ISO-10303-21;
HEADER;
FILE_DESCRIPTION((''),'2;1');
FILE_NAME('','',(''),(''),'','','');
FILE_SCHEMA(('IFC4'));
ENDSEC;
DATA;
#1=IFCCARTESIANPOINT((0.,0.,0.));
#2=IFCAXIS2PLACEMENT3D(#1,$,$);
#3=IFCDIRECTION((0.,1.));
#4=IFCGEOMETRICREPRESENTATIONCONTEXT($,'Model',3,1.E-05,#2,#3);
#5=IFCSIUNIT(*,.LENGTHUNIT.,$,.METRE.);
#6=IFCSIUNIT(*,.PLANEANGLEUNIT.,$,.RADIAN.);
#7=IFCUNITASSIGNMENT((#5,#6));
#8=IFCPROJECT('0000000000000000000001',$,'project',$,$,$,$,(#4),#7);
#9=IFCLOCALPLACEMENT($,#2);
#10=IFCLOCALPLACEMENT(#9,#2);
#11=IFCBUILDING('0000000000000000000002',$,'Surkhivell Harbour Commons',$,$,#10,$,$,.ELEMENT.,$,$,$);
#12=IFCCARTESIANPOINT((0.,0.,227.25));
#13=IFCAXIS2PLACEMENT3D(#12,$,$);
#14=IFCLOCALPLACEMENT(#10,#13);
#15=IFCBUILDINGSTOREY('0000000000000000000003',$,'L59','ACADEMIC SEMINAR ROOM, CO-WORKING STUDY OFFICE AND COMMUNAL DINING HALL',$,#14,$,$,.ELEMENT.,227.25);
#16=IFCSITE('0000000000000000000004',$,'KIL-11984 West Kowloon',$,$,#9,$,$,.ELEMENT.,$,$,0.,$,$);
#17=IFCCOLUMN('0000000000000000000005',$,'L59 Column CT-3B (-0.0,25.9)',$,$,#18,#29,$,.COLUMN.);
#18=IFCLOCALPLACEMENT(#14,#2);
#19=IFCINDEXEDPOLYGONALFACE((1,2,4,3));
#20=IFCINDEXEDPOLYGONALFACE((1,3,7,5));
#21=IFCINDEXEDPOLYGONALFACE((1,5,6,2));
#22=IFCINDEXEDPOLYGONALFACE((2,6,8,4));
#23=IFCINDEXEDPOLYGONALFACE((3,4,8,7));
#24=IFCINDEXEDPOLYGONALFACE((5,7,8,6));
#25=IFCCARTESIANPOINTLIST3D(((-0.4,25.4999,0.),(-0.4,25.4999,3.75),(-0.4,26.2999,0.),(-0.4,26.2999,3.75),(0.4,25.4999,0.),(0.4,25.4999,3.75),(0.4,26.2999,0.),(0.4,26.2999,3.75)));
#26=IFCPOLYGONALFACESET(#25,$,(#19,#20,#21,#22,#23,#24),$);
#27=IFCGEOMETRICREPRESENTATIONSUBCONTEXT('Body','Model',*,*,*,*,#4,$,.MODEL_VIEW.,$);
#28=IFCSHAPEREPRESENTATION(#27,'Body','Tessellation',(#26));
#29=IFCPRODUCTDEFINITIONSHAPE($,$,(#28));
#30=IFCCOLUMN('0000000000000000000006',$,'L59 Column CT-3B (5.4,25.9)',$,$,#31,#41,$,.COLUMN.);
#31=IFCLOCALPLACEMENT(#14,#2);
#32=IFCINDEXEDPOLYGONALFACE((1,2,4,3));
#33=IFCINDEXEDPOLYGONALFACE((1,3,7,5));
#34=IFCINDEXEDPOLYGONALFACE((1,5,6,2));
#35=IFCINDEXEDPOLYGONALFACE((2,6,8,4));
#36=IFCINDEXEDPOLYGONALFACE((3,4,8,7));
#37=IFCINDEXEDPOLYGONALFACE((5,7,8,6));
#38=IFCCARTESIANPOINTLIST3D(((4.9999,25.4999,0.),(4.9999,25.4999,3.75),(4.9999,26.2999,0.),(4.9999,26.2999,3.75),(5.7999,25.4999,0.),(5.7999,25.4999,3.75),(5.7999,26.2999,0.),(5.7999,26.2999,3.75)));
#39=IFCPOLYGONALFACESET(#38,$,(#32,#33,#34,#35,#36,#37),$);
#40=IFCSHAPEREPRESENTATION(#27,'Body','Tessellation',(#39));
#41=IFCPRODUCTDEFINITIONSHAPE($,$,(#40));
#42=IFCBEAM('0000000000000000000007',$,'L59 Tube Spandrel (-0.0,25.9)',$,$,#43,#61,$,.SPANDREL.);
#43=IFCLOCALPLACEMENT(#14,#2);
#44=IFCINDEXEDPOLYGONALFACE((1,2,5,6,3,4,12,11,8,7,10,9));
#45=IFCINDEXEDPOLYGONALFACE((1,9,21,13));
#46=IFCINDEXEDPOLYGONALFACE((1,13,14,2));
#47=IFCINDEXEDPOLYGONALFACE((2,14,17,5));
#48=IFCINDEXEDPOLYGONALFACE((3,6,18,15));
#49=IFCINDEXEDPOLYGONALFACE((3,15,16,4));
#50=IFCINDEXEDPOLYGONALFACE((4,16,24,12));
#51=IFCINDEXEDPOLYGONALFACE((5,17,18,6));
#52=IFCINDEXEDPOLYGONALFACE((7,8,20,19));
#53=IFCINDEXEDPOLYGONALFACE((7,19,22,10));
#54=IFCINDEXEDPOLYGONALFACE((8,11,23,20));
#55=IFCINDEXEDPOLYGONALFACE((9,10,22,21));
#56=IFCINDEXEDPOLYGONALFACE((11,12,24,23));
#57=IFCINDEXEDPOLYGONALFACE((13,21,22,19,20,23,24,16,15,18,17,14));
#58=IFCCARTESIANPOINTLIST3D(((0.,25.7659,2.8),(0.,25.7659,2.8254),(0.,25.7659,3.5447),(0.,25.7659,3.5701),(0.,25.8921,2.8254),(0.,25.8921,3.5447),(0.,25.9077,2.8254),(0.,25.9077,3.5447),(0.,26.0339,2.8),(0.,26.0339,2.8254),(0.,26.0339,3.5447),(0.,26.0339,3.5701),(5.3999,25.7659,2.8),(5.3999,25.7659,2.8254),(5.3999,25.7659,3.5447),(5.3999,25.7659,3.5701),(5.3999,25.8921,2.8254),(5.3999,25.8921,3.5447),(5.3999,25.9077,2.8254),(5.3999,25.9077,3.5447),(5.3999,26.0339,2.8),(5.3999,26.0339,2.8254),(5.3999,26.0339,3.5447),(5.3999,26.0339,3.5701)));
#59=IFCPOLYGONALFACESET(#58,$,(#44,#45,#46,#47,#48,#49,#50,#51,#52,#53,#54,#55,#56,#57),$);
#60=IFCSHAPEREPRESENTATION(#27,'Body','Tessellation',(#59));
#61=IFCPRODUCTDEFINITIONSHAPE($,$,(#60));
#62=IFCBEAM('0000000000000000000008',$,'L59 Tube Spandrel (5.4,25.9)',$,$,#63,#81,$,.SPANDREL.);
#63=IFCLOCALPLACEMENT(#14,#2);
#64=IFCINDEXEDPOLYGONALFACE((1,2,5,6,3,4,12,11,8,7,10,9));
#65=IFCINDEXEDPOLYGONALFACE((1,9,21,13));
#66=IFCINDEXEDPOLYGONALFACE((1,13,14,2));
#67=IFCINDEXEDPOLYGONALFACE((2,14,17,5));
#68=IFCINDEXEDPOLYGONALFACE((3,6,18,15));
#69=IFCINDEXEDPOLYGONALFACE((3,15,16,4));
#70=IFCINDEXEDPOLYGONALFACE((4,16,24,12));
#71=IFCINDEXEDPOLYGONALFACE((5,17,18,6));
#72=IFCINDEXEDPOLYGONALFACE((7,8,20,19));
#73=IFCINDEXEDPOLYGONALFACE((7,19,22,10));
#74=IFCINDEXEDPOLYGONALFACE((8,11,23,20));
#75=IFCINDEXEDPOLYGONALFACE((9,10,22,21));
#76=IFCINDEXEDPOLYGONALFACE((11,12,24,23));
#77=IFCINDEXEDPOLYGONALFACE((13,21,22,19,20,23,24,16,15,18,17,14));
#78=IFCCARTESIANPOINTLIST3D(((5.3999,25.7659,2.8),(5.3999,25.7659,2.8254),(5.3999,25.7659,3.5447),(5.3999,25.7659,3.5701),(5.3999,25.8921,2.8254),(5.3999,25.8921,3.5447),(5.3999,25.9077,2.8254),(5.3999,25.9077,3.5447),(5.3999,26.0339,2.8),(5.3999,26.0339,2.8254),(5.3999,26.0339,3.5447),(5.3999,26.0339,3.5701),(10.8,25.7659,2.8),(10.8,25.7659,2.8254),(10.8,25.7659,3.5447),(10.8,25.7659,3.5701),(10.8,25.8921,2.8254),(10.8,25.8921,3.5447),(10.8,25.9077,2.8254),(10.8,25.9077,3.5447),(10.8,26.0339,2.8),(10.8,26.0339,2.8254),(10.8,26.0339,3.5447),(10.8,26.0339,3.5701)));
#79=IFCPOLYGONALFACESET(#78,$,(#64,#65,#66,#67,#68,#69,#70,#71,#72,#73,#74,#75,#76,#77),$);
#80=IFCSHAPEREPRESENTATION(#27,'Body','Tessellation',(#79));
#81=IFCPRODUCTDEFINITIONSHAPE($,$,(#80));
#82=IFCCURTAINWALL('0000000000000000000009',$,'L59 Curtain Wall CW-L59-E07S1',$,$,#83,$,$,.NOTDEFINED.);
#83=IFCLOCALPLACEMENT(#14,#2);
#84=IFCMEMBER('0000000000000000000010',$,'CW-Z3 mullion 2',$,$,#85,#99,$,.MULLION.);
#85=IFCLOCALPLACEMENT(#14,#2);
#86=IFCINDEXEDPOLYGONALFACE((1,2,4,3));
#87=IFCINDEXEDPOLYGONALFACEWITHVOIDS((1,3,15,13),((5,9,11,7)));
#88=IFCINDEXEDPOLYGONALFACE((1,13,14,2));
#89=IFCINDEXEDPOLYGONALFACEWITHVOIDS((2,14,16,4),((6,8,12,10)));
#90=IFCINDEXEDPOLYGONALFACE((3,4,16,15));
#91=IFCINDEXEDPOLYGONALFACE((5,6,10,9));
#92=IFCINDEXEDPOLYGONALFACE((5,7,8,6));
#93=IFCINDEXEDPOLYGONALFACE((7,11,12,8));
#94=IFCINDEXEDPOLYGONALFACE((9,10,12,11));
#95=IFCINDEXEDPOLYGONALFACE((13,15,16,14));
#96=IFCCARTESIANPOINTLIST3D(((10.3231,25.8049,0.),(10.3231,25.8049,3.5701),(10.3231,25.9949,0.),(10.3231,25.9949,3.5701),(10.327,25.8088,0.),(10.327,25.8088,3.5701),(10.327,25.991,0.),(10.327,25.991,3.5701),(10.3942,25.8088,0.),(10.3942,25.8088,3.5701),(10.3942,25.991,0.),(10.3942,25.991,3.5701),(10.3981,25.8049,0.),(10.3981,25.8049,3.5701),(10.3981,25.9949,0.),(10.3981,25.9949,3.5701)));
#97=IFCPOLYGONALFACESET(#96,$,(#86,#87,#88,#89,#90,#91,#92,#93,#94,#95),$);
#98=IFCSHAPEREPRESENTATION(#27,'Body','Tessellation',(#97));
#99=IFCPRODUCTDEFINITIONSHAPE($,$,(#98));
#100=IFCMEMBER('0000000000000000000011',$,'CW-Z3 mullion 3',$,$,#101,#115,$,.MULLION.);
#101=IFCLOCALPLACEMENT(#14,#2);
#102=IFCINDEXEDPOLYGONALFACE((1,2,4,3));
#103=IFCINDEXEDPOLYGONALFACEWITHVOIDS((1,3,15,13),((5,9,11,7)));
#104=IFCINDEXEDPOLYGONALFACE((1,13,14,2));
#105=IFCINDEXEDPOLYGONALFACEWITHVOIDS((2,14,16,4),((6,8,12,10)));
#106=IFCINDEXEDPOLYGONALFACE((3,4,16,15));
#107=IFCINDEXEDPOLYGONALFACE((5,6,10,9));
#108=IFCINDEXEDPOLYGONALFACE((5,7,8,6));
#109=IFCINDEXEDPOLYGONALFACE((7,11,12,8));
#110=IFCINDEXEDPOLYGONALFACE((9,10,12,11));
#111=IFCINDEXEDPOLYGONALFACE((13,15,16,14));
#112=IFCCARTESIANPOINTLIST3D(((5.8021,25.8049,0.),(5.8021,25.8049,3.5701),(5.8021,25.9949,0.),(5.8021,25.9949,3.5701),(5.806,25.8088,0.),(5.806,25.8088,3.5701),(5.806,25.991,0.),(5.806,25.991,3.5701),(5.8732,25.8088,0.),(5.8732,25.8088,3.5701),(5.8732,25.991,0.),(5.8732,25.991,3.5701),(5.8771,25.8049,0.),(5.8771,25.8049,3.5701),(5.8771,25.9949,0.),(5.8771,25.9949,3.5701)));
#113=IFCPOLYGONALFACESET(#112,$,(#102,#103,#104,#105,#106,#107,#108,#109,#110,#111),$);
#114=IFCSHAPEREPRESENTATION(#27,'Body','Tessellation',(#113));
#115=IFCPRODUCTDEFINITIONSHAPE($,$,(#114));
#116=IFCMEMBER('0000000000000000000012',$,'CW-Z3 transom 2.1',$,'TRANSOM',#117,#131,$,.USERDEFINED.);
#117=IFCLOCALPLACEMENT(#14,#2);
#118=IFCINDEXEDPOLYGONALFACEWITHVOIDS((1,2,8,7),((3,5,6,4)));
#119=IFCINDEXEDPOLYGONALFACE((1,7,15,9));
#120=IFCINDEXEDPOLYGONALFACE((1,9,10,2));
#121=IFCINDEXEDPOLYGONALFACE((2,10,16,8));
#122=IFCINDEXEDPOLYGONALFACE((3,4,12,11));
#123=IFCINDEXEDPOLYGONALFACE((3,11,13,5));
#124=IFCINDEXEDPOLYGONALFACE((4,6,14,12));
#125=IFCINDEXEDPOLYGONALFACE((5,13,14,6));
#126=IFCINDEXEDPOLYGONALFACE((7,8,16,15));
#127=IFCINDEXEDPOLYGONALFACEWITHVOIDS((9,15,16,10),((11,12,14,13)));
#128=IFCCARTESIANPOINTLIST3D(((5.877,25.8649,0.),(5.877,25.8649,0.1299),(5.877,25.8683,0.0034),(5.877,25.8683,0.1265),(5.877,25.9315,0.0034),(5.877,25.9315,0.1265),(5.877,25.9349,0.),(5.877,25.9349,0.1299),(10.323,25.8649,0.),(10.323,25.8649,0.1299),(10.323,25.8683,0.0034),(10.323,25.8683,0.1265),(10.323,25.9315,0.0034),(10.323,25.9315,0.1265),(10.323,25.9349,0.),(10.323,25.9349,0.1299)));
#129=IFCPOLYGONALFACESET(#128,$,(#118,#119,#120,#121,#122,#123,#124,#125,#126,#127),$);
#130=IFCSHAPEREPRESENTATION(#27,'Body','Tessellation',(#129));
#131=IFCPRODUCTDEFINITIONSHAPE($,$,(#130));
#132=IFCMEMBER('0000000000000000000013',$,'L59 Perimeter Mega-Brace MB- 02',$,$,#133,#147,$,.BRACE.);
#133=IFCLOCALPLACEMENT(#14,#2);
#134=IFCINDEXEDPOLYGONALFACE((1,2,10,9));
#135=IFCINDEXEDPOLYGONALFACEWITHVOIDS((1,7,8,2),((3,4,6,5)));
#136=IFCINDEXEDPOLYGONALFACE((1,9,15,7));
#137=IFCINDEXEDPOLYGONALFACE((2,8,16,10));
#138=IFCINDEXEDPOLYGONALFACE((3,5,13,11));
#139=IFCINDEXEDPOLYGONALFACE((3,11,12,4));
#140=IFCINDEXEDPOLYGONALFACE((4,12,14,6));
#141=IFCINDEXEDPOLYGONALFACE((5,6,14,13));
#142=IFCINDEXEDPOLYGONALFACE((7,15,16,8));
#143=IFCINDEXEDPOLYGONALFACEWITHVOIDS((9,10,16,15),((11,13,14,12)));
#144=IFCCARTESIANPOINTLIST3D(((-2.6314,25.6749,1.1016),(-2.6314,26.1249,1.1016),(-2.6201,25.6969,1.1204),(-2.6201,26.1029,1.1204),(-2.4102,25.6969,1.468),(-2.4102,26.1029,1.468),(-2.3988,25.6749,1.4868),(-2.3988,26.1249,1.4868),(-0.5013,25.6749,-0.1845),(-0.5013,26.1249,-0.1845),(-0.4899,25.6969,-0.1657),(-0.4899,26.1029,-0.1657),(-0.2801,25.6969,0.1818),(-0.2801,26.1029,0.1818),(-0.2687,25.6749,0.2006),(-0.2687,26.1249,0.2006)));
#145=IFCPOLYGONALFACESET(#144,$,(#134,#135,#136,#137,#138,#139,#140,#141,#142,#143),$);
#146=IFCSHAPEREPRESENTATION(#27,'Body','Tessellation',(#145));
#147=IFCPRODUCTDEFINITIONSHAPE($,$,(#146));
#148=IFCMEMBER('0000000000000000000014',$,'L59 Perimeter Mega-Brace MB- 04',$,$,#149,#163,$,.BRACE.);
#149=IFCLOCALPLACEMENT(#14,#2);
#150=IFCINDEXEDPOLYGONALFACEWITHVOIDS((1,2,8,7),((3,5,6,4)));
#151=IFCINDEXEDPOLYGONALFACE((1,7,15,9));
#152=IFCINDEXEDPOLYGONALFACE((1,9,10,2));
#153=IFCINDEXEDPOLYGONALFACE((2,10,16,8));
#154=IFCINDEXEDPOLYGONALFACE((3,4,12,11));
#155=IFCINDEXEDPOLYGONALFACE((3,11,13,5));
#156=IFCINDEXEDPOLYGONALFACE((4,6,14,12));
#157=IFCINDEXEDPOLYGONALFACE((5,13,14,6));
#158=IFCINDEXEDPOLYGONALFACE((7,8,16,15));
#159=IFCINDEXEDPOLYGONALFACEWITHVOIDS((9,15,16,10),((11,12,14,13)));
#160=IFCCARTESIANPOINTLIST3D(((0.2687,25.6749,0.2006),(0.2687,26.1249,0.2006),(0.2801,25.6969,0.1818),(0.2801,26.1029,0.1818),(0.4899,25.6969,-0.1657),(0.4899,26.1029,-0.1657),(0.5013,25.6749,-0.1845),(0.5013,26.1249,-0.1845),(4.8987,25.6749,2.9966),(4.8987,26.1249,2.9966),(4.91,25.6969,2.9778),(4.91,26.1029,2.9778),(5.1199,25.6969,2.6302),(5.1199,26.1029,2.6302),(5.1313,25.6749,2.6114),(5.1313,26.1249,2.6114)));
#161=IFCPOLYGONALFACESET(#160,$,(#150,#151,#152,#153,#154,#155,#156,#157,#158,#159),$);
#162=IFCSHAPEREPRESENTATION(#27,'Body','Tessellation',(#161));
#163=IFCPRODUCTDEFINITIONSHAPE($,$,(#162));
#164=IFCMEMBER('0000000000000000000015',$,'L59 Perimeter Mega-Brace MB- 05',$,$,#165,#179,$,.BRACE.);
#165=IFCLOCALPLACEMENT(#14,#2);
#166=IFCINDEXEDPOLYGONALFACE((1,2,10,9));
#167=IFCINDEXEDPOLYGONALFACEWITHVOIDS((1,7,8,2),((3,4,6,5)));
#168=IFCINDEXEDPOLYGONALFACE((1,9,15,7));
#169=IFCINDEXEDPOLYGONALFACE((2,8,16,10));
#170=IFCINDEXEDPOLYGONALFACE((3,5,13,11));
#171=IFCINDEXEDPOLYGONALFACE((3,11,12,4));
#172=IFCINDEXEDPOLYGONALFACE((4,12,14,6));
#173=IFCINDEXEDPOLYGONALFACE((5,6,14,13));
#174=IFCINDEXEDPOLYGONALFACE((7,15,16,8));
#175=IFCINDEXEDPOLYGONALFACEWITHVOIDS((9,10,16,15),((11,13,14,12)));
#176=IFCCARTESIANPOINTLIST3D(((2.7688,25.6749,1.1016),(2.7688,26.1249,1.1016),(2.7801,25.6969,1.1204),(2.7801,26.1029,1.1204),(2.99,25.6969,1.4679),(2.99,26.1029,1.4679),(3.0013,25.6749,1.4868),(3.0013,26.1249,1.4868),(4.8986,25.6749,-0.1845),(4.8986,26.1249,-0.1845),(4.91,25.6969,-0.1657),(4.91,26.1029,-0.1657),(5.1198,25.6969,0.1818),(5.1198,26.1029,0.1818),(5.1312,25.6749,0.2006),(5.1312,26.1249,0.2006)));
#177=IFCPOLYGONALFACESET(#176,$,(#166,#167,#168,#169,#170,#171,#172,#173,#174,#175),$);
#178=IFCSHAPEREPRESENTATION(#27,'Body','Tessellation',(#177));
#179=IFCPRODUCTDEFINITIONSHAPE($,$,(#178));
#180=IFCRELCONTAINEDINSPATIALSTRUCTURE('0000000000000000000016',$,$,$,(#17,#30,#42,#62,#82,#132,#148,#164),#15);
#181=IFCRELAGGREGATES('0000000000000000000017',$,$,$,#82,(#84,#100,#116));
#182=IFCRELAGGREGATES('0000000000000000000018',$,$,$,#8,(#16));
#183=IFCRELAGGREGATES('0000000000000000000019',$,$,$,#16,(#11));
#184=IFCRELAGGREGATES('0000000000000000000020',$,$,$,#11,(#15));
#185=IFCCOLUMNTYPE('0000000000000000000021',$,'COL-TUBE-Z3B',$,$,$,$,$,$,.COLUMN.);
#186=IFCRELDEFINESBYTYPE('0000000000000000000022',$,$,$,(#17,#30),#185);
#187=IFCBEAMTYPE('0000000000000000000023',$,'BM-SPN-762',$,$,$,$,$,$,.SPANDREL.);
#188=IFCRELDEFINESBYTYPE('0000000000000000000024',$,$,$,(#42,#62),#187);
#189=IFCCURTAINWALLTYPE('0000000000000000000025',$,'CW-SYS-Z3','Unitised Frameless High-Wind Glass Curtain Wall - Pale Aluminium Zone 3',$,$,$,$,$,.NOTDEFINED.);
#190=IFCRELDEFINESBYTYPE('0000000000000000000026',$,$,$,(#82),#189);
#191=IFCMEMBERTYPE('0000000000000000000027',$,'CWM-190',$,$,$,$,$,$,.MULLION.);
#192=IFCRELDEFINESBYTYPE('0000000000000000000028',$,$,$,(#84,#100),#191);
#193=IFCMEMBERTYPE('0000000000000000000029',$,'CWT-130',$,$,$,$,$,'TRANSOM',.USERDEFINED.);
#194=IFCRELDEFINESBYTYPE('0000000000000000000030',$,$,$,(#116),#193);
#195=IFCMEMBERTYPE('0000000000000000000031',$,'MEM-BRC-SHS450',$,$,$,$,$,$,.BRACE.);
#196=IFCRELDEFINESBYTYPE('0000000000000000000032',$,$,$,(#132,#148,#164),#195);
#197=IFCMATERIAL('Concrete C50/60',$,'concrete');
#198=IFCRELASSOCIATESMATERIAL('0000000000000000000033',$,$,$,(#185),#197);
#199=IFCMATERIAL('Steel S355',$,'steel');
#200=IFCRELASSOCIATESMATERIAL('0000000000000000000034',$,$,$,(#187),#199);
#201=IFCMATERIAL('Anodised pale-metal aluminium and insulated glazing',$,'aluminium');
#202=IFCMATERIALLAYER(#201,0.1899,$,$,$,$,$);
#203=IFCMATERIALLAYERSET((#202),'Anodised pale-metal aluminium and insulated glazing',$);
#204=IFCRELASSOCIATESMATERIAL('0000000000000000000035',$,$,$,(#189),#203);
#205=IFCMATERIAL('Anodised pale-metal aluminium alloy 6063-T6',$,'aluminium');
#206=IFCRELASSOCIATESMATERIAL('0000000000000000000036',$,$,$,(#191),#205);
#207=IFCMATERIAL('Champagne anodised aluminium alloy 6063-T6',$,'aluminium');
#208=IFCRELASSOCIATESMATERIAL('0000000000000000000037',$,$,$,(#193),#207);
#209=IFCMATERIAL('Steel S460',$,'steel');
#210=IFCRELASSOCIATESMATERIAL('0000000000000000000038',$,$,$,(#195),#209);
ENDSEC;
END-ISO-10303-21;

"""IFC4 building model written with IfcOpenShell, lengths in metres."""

from ifc_helpers import new_model, si_unit, direction, frame, origin, origin_2d, place, context, subcontext, project, spatial, rectangle, hollow_rectangle, i_section, extrude, material, layer, layer_set, material_profile, profile_set, type_object, element, aggregate, save


model = new_model("IFC4")

# Units and contexts
model_context = context("Model", 3, precision=1e-05, world=origin(), true_north=direction((0.0, 1.0)))
body_context = subcontext(model_context, "Body", "Model", "MODEL_VIEW")
ifc_project = project(units=[si_unit("LENGTHUNIT", "METRE"), si_unit("PLANEANGLEUNIT", "RADIAN")], contexts=[model_context])

# Site, building, storey
site_placement = place(None, origin())
site = spatial("IfcSite", under=ifc_project, at=site_placement, Name="KIL-11984 West Kowloon", CompositionType="ELEMENT", RefElevation=0.0)
building_placement = place(site_placement, origin())
building = spatial("IfcBuilding", under=site, at=building_placement, Name="Surkhivell Harbour Commons", CompositionType="ELEMENT")
storey_placement = place(building_placement, frame((0.0, 0.0, 227.25)))
storey = spatial("IfcBuildingStorey", under=building, at=storey_placement, Name="L59", Description="ACADEMIC SEMINAR ROOM, CO-WORKING STUDY OFFICE AND COMMUNAL DINING HALL", CompositionType="ELEMENT", Elevation=227.25)

# Columns
ifc_material_1 = material(Name="Concrete C50/60", Category="concrete")
ifc_material_profile_1 = material_profile(ifc_material_1, rectangle(XDim=0.8, YDim=0.8, at=origin_2d()), Name="RC-COL-800x800")
ifc_profile_set_1 = profile_set([ifc_material_profile_1], Name="Concrete C50/60")
column_type = type_object("IfcColumnType", Name="COL-TUBE-Z3B", PredefinedType="COLUMN", material=ifc_profile_set_1)
for number, where, z_axis, x_axis, name in (
    (1, (0.0, 25.8999, 0.0), (0.0, 0.0, 1.0), (1.0, 0.0, 0.0), "L59 Column CT-3B (-0.0,25.9)"),
    (2, (5.3999, 25.8999, 0.0), (0.0, 0.0, 1.0), (1.0, 0.0, 0.0), "L59 Column CT-3B (5.4,25.9)"),
):
    element("IfcColumn", number, at=place(storey_placement, frame(where, z_axis=z_axis, x_axis=x_axis)), inside=storey, type_object=column_type, Name=name, PredefinedType="COLUMN", context=body_context, shape_type="SweptSolid", body=[
        extrude(rectangle(XDim=0.8, YDim=0.8, at=origin_2d()), origin(), (0.0, 0.0, 1.0), 3.75),
    ])

# Beams
ifc_material_2 = material(Name="Steel S355", Category="steel")
ifc_material_profile_2 = material_profile(ifc_material_2, i_section(OverallWidth=0.2681, OverallDepth=0.77, WebThickness=0.0156, FlangeThickness=0.0254, at=origin_2d()), Name="UB762x267x197")
ifc_profile_set_2 = profile_set([ifc_material_profile_2], Name="Steel S355")
beam_type = type_object("IfcBeamType", Name="BM-SPN-762", PredefinedType="SPANDREL", material=ifc_profile_set_2)
beam_1_placement = place(storey_placement, frame((0.0, 25.8999, 3.1851), z_axis=(1.0, 0.0, 0.0), x_axis=(0.0, 1.0, 0.0)))
element("IfcBeam", 3, at=beam_1_placement, inside=storey, type_object=beam_type, Name="L59 Tube Spandrel (-0.0,25.9)", PredefinedType="SPANDREL", context=body_context, shape_type="SweptSolid", body=[
    extrude(i_section(OverallWidth=0.2681, OverallDepth=0.77, WebThickness=0.0156, FlangeThickness=0.0254, at=origin_2d()), origin(), (0.0, 0.0, 1.0), 5.3999),
])
beam_2_placement = place(storey_placement, frame((5.3999, 25.8999, 3.1851), z_axis=(1.0, 0.0, 0.0), x_axis=(0.0, 1.0, 0.0)))
element("IfcBeam", 4, at=beam_2_placement, inside=storey, type_object=beam_type, Name="L59 Tube Spandrel (5.4,25.9)", PredefinedType="SPANDREL", context=body_context, shape_type="SweptSolid", body=[
    extrude(i_section(OverallWidth=0.2681, OverallDepth=0.77, WebThickness=0.0156, FlangeThickness=0.0254, at=origin_2d()), origin(), (0.0, 0.0, 1.0), 5.4001),
])

# Curtain wall, members
ifc_material_3 = material(Name="Anodised pale-metal aluminium and insulated glazing", Category="aluminium")
ifc_layer_1 = layer(ifc_material_3, 0.1899)
ifc_layer_set_1 = layer_set([ifc_layer_1], Name="Anodised pale-metal aluminium and insulated glazing")
curtain_wall_type = type_object("IfcCurtainWallType", Name="CW-SYS-Z3", Description="Unitised Frameless High-Wind Glass Curtain Wall - Pale Aluminium Zone 3", PredefinedType="NOTDEFINED", material=ifc_layer_set_1)
curtain_wall_placement = place(storey_placement, origin())
curtain_wall = element("IfcCurtainWall", 5, at=curtain_wall_placement, inside=storey, type_object=curtain_wall_type, Name="L59 Curtain Wall CW-L59-E07S1", PredefinedType="NOTDEFINED")
ifc_material_4 = material(Name="Anodised pale-metal aluminium alloy 6063-T6", Category="aluminium")
ifc_material_profile_3 = material_profile(ifc_material_4, hollow_rectangle(XDim=0.075, YDim=0.1899, WallThickness=0.0039, at=origin_2d()), Name="ALU-MULL-75x190")
ifc_profile_set_3 = profile_set([ifc_material_profile_3], Name="Anodised pale-metal aluminium alloy 6063-T6")
member_type_1 = type_object("IfcMemberType", Name="CWM-190", PredefinedType="MULLION", material=ifc_profile_set_3)
member_1_placement = place(storey_placement, frame((10.3606, 25.8999, 0.0), z_axis=(0.0, 0.0, 1.0), x_axis=(-1.0, 0.0, 0.0)))
member_1 = element("IfcMember", 6, at=member_1_placement, type_object=member_type_1, Name="CW-Z3 mullion 2", PredefinedType="MULLION", context=body_context, shape_type="SweptSolid", body=[
    extrude(hollow_rectangle(XDim=0.075, YDim=0.1899, WallThickness=0.0039, at=origin_2d()), origin(), (0.0, 0.0, 1.0), 3.5701),
])
member_2_placement = place(storey_placement, frame((5.8396, 25.8999, 0.0), z_axis=(0.0, 0.0, 1.0), x_axis=(-1.0, 0.0, 0.0)))
member_2 = element("IfcMember", 7, at=member_2_placement, type_object=member_type_1, Name="CW-Z3 mullion 3", PredefinedType="MULLION", context=body_context, shape_type="SweptSolid", body=[
    extrude(hollow_rectangle(XDim=0.075, YDim=0.1899, WallThickness=0.0039, at=origin_2d()), origin(), (0.0, 0.0, 1.0), 3.5701),
])
ifc_material_5 = material(Name="Champagne anodised aluminium alloy 6063-T6", Category="aluminium")
ifc_material_profile_4 = material_profile(ifc_material_5, hollow_rectangle(XDim=0.0701, YDim=0.1299, WallThickness=0.0034, at=origin_2d()), Name="ALU-TRAN-70x130")
ifc_profile_set_4 = profile_set([ifc_material_profile_4], Name="Champagne anodised aluminium alloy 6063-T6")
member_type_2 = type_object("IfcMemberType", Name="CWT-130", ElementType="TRANSOM", PredefinedType="USERDEFINED", material=ifc_profile_set_4)
member_3_placement = place(storey_placement, frame((10.323, 25.8999, 0.0649), z_axis=(-1.0, 0.0, 0.0), x_axis=(0.0, -1.0, 0.0)))
member_3 = element("IfcMember", 8, at=member_3_placement, type_object=member_type_2, Name="CW-Z3 transom 2.1", ObjectType="TRANSOM", PredefinedType="USERDEFINED", context=body_context, shape_type="SweptSolid", body=[
    extrude(hollow_rectangle(XDim=0.0701, YDim=0.1299, WallThickness=0.0034, at=origin_2d()), origin(), (0.0, 0.0, 1.0), 4.446),
])

# Members
ifc_material_6 = material(Name="Steel S460", Category="steel")
ifc_material_profile_5 = material_profile(ifc_material_6, hollow_rectangle(XDim=0.45, YDim=0.45, WallThickness=0.022, at=origin_2d()), Name="SHS450x450x22")
ifc_profile_set_5 = profile_set([ifc_material_profile_5], Name="Steel S460")
member_type_3 = type_object("IfcMemberType", Name="MEM-BRC-SHS450", PredefinedType="BRACE", material=ifc_profile_set_5)
member_4_placement = place(storey_placement, frame((-0.385, 25.8999, 0.0081), z_axis=(-0.856061, 0.0, 0.516875), x_axis=(0.0, -1.0, 0.0)))
element("IfcMember", 9, at=member_4_placement, inside=storey, type_object=member_type_3, Name="L59 Perimeter Mega-Brace MB- 02", PredefinedType="BRACE", context=body_context, shape_type="SweptSolid", body=[
    extrude(hollow_rectangle(XDim=0.45, YDim=0.45, WallThickness=0.022, at=origin_2d()), origin(), (0.0, 0.0, 1.0), 2.4883),
])
member_5_placement = place(storey_placement, frame((0.385, 25.8999, 0.0081), z_axis=(0.856024, 0.0, 0.516937), x_axis=(0.0, 1.0, 0.0)))
element("IfcMember", 10, at=member_5_placement, inside=storey, type_object=member_type_3, Name="L59 Perimeter Mega-Brace MB- 04", PredefinedType="BRACE", context=body_context, shape_type="SweptSolid", body=[
    extrude(hollow_rectangle(XDim=0.45, YDim=0.45, WallThickness=0.022, at=origin_2d()), origin(), (0.0, 0.0, 1.0), 5.4087),
])
member_6_placement = place(storey_placement, frame((5.0149, 25.8999, 0.0081), z_axis=(-0.856035, 0.0, 0.516918), x_axis=(0.0, -1.0, 0.0)))
element("IfcMember", 11, at=member_6_placement, inside=storey, type_object=member_type_3, Name="L59 Perimeter Mega-Brace MB- 05", PredefinedType="BRACE", context=body_context, shape_type="SweptSolid", body=[
    extrude(hollow_rectangle(XDim=0.45, YDim=0.45, WallThickness=0.022, at=origin_2d()), origin(), (0.0, 0.0, 1.0), 2.488),
])

aggregate(curtain_wall, [member_1, member_2, member_3])

save(model, "model.ifc")
